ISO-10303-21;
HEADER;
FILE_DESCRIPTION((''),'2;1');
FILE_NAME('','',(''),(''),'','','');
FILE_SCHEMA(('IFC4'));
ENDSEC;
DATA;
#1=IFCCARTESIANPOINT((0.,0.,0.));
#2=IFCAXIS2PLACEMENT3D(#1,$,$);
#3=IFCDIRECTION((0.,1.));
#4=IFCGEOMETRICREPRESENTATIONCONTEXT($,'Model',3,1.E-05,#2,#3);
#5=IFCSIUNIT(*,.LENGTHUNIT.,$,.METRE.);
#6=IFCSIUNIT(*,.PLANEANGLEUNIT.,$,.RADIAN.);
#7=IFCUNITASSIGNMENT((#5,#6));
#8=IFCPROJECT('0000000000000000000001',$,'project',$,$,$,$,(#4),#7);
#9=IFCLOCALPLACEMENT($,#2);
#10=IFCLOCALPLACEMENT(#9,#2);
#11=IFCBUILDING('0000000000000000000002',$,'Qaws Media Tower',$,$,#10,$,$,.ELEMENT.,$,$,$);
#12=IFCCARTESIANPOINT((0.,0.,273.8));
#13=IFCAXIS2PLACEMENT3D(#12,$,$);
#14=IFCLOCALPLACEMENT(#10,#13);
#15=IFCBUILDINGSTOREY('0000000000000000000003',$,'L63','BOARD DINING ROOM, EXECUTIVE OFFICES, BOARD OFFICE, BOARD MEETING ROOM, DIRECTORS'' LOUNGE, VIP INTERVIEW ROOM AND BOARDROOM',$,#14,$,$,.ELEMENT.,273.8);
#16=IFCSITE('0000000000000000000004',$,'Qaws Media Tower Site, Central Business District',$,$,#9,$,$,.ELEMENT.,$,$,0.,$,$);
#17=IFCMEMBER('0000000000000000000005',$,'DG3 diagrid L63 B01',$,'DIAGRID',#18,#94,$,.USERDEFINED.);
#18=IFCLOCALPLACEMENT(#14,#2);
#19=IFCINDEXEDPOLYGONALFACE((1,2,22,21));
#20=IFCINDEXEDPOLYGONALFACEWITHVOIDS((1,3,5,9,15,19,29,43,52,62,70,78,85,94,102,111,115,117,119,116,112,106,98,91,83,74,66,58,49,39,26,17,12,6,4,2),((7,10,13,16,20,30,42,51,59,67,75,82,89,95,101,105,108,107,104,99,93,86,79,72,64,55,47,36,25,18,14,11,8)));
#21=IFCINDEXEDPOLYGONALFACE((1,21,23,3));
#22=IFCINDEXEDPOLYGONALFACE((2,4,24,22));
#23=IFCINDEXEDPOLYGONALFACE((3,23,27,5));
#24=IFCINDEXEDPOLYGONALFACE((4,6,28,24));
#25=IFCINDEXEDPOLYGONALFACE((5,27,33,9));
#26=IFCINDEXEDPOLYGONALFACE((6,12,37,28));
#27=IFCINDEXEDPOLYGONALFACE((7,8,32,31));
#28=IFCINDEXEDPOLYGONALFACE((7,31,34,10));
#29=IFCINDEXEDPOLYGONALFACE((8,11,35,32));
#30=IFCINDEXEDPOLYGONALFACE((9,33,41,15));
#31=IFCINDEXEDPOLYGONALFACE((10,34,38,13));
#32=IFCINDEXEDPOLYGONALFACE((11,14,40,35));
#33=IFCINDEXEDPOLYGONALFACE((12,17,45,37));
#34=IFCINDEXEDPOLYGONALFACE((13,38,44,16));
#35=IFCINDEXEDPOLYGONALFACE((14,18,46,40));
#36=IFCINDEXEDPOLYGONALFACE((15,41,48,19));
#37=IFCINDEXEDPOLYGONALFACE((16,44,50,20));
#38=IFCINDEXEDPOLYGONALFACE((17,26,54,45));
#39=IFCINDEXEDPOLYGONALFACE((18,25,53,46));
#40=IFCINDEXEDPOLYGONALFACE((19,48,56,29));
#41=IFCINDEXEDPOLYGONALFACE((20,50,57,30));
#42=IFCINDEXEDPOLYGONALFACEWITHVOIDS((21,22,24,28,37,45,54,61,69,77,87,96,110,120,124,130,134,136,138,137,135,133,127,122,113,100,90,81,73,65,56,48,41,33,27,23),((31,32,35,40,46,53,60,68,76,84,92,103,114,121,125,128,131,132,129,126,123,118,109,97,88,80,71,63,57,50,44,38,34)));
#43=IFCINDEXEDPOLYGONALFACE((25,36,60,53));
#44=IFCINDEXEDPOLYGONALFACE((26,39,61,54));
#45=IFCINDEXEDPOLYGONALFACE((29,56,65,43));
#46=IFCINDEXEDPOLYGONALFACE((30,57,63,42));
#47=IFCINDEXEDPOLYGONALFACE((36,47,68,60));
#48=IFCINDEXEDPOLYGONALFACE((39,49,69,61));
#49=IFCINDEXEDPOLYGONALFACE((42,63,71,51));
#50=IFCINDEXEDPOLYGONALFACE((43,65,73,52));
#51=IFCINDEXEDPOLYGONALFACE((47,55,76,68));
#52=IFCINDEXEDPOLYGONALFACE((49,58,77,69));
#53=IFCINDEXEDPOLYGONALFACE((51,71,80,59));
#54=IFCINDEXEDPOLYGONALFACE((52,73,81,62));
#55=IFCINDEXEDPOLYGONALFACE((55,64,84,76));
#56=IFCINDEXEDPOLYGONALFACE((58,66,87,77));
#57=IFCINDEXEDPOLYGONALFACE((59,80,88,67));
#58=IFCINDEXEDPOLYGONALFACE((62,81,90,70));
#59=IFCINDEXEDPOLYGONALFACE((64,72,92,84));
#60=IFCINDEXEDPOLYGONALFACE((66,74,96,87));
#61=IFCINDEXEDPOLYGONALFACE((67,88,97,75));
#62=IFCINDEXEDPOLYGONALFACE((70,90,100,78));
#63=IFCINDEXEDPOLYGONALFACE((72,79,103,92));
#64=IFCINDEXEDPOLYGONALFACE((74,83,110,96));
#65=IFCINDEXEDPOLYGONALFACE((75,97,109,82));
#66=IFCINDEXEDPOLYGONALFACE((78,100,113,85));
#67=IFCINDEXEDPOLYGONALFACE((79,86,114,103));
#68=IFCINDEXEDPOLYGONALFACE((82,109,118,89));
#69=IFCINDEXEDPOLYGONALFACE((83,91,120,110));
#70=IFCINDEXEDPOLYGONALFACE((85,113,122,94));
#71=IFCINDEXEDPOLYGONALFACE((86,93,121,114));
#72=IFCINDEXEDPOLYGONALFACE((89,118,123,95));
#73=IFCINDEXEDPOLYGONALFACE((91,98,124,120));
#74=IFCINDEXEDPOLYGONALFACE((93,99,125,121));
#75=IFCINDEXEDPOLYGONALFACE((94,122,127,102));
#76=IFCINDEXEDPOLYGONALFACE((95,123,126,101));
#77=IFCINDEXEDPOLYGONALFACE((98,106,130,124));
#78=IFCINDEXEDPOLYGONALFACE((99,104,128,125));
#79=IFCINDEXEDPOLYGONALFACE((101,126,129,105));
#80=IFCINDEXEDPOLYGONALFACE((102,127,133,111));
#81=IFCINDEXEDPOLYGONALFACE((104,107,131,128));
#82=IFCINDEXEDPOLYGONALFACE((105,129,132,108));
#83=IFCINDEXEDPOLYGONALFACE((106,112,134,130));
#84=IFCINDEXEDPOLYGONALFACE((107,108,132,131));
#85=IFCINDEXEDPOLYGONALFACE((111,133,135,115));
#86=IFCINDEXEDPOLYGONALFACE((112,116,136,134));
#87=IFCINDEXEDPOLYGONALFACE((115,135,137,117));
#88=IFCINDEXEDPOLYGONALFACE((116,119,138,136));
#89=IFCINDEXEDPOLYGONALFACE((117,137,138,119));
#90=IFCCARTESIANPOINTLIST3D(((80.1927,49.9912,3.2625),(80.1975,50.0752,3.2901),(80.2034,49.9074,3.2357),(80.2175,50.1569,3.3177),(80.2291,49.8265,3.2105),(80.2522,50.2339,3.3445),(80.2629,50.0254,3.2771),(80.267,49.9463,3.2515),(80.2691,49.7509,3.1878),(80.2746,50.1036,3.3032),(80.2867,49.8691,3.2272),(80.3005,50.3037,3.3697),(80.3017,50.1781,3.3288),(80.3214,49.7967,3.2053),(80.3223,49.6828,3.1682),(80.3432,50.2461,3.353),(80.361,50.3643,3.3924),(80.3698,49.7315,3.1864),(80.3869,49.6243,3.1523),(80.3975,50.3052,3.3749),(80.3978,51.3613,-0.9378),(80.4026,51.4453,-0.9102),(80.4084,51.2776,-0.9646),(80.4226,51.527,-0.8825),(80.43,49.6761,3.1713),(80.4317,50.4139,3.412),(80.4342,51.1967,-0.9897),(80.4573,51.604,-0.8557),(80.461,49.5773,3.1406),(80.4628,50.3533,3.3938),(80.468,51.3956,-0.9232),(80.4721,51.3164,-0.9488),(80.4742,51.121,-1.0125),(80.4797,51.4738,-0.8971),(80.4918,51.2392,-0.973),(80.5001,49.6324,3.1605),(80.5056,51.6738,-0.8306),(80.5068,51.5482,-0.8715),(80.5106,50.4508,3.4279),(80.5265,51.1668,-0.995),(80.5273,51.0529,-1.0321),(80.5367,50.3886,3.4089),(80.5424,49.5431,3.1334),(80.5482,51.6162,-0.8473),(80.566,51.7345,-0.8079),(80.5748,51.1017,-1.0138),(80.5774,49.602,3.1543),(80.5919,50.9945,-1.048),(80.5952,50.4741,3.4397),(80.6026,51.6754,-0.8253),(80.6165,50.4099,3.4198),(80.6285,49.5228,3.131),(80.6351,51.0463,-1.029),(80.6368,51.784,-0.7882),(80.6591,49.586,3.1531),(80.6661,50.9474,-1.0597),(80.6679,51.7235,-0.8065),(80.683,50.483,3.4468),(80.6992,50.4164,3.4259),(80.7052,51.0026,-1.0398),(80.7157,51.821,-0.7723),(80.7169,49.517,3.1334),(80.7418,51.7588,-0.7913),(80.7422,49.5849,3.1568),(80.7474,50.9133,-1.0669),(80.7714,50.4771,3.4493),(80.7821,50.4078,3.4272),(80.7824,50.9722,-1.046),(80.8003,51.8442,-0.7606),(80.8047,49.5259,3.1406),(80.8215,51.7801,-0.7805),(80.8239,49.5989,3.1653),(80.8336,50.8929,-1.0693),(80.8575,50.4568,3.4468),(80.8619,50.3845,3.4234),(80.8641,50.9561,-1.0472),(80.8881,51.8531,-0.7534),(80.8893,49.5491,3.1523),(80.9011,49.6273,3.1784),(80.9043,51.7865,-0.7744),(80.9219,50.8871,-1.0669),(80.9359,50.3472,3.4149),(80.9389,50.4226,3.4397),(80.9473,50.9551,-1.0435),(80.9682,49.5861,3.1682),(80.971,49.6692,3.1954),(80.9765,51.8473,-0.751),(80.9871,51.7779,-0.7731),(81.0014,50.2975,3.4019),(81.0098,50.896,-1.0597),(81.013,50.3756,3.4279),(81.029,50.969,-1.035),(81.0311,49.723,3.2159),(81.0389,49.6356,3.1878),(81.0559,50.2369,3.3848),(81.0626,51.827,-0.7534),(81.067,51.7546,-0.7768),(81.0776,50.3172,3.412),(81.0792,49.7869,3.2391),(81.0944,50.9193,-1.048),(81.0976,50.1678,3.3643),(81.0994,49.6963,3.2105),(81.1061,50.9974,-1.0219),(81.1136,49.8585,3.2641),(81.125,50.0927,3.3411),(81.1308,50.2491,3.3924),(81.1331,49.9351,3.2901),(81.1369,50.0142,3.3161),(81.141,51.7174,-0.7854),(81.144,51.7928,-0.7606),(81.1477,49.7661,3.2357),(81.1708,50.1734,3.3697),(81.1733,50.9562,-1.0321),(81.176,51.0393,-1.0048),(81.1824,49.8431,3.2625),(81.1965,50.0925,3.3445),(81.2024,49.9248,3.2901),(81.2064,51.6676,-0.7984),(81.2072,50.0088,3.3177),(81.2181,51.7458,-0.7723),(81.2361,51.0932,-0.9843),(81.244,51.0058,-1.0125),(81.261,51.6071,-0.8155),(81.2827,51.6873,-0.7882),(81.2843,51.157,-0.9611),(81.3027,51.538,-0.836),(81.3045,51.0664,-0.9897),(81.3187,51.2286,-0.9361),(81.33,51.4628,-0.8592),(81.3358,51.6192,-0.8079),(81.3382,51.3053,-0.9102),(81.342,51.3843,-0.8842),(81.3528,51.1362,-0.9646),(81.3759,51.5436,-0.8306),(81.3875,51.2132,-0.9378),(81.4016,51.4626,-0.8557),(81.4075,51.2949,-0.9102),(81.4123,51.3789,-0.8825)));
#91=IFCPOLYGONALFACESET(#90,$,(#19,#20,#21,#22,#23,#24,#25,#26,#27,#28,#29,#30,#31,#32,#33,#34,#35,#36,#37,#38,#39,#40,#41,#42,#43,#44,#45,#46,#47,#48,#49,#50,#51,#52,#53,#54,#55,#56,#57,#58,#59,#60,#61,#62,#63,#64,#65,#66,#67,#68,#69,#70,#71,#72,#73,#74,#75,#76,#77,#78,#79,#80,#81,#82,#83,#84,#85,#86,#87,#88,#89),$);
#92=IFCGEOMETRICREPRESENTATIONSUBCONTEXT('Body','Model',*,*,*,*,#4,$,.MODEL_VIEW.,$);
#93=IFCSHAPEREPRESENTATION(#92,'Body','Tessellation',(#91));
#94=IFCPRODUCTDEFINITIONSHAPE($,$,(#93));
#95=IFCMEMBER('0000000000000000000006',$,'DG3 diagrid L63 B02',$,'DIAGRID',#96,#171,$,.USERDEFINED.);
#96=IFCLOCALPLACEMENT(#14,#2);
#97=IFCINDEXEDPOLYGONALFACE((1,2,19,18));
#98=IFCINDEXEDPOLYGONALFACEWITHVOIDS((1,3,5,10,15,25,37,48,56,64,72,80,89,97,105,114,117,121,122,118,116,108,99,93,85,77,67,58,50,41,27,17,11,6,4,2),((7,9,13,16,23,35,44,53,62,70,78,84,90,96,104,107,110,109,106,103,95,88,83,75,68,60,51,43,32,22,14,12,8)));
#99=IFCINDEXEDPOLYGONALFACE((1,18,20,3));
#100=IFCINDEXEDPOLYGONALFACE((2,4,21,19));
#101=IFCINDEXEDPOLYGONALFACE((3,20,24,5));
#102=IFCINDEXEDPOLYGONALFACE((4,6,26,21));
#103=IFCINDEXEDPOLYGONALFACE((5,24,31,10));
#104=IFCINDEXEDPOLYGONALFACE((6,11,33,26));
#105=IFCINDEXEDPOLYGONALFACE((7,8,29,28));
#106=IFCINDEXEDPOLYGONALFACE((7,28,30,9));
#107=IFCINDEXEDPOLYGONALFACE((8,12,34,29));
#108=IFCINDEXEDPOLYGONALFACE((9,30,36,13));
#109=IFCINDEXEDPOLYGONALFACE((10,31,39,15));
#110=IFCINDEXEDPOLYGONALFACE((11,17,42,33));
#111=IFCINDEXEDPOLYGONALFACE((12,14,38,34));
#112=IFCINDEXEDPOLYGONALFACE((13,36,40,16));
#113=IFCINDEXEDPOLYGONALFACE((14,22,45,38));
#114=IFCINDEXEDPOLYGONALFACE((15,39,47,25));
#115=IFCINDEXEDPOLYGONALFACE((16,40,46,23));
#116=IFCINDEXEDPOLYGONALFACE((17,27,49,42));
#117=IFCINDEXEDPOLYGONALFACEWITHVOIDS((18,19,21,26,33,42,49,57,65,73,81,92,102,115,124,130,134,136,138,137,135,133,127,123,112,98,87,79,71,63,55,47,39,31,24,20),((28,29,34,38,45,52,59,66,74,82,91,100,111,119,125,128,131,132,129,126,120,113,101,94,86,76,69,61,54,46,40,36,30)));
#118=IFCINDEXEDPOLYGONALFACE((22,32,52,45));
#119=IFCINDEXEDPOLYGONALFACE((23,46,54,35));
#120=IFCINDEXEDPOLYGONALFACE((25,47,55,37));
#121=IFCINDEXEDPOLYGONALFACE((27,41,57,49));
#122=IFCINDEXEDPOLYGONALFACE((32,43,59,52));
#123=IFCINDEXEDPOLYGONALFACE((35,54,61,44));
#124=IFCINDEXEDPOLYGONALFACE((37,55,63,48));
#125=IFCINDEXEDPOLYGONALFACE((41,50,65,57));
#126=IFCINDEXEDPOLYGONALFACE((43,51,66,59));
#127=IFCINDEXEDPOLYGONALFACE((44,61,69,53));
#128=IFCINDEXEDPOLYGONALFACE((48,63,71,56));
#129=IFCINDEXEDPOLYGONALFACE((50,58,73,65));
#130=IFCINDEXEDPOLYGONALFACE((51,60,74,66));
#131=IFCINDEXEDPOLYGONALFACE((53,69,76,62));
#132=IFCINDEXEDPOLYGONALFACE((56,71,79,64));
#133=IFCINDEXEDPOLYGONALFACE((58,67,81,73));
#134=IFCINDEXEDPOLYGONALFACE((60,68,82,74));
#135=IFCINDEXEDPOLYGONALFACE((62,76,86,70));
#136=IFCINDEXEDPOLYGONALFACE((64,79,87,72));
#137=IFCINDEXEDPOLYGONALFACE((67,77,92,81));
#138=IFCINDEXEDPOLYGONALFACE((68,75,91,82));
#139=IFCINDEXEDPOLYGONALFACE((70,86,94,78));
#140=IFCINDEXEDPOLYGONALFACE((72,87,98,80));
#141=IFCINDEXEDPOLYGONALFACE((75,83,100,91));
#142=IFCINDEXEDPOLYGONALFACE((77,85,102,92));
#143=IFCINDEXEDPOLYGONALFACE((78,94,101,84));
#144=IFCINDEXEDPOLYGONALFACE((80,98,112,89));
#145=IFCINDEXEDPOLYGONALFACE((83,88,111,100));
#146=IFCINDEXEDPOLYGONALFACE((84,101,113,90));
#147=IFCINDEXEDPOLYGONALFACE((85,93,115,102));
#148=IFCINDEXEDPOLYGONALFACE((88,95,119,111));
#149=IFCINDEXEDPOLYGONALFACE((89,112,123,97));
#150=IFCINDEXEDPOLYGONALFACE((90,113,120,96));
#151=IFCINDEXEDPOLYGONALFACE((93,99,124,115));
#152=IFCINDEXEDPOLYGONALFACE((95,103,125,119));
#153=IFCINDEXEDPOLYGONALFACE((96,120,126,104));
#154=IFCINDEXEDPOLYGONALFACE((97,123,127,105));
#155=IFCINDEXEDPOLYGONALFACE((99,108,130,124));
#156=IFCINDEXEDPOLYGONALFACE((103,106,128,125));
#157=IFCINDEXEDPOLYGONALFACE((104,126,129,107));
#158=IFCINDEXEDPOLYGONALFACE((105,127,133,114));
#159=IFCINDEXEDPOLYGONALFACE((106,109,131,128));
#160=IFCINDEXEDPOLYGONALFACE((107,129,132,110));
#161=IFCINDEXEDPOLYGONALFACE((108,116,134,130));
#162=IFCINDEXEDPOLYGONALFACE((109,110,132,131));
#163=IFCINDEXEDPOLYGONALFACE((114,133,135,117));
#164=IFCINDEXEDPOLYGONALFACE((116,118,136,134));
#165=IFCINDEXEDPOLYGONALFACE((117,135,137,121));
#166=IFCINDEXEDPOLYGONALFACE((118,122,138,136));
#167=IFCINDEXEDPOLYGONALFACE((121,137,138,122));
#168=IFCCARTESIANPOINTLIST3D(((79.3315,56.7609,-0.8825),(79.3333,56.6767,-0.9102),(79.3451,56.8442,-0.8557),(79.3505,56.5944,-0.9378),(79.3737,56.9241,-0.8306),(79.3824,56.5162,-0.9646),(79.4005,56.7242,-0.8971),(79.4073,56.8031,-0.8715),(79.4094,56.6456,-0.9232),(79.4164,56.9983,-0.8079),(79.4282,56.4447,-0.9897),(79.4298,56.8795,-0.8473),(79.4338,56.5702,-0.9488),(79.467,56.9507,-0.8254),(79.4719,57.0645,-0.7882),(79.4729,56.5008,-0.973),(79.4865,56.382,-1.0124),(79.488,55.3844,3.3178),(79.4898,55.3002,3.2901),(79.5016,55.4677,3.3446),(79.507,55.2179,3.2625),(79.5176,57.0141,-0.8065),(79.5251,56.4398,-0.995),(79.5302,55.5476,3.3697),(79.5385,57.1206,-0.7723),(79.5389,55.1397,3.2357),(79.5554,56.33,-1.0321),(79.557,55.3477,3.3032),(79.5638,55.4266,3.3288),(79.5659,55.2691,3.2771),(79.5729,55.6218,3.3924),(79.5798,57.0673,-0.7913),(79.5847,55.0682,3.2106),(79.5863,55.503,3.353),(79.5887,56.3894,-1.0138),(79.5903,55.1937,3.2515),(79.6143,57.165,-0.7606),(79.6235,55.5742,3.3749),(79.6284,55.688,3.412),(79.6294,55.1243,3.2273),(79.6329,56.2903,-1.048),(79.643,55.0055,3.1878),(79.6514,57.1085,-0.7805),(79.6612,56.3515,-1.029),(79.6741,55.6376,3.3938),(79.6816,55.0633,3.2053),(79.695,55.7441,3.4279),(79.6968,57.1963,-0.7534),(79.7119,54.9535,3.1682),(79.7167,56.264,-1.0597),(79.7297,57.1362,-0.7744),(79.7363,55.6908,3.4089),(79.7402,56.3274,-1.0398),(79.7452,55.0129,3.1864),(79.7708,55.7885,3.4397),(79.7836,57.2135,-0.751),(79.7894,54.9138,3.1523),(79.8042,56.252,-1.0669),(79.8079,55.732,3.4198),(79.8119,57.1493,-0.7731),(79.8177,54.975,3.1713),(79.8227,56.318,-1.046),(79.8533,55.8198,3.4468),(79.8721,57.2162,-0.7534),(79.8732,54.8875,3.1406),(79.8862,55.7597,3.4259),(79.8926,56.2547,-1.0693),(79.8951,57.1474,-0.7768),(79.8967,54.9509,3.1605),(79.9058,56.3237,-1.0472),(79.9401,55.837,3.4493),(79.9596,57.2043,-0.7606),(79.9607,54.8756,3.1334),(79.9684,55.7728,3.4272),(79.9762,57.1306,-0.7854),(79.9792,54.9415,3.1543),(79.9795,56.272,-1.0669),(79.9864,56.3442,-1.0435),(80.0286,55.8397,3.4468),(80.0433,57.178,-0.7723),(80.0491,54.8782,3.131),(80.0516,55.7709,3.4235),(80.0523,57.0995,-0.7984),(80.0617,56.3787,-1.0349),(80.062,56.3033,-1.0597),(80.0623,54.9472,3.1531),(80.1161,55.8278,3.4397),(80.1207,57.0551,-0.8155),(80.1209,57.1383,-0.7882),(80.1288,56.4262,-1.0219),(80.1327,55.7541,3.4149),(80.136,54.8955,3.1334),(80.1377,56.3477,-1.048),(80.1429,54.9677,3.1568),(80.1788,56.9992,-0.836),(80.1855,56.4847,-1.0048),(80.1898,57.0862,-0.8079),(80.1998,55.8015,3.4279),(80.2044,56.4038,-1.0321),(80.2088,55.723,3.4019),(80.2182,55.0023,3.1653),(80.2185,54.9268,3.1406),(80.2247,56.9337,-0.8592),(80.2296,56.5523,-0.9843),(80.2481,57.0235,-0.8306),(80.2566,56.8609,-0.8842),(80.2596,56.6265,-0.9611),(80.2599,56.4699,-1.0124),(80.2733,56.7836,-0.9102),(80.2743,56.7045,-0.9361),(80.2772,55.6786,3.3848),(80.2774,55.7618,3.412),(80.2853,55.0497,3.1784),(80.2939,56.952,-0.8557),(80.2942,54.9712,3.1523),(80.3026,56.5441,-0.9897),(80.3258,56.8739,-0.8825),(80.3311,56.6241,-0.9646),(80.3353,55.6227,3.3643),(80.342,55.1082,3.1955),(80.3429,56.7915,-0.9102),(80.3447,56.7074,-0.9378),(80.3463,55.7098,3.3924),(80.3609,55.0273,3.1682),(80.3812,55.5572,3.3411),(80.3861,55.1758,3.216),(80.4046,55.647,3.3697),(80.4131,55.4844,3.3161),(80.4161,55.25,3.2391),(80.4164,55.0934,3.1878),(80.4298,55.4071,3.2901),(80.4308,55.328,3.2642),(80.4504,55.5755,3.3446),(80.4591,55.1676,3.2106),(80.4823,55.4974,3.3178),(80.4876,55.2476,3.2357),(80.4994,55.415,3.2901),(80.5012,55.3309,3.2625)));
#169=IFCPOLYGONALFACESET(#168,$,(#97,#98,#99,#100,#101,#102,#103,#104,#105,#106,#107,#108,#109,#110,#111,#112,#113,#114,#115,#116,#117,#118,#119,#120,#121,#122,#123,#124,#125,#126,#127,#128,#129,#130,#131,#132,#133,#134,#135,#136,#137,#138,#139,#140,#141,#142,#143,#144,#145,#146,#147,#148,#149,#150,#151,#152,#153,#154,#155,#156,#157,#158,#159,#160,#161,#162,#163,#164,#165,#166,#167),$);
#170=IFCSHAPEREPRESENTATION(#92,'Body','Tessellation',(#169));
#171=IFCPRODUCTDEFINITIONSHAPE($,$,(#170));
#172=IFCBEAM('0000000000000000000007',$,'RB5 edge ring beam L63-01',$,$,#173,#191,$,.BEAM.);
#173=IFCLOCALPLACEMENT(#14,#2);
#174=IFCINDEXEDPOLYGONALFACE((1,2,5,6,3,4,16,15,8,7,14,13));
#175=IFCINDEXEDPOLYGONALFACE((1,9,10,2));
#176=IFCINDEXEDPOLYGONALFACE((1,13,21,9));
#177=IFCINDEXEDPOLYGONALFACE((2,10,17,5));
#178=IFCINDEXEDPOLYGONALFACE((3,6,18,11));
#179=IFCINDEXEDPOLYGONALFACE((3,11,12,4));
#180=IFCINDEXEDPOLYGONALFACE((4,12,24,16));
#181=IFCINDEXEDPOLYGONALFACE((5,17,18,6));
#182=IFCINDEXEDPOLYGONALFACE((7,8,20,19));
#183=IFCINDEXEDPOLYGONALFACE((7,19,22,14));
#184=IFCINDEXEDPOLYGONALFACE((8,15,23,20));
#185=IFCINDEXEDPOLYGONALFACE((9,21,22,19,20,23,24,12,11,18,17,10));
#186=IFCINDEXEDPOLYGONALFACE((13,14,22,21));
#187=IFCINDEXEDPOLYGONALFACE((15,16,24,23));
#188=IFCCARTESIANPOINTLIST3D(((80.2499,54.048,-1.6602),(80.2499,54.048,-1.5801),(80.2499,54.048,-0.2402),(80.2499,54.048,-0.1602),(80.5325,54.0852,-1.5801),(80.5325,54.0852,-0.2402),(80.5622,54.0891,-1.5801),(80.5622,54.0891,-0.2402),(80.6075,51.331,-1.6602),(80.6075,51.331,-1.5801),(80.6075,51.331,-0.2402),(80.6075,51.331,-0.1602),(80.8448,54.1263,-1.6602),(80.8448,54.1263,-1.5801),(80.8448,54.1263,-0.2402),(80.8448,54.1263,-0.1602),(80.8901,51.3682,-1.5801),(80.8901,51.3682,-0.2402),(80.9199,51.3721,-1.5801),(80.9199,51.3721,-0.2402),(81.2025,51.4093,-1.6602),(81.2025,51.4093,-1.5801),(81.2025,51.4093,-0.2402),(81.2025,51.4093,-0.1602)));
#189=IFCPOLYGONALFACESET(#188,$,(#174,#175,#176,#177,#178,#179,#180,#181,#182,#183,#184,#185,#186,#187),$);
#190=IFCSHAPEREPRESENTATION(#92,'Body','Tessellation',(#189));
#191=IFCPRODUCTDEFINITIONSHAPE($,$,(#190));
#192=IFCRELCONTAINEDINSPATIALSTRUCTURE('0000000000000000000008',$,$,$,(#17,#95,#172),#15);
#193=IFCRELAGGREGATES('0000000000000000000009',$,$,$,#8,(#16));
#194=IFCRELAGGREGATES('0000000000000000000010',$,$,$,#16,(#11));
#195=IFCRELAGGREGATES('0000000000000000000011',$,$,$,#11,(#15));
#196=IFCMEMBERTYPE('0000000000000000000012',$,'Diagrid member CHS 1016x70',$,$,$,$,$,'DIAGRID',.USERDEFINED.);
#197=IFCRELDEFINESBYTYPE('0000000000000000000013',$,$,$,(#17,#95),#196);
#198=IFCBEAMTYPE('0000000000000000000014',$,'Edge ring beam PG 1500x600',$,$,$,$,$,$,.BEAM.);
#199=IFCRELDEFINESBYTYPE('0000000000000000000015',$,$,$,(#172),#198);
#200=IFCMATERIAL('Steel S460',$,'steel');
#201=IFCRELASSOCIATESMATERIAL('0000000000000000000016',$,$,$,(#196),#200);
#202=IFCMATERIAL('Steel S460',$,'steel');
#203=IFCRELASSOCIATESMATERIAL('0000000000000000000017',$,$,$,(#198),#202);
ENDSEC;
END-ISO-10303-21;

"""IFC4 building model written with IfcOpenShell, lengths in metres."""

from ifc_helpers import new_model, si_unit, direction, frame, origin, origin_2d, place, context, subcontext, project, spatial, hollow_circle, i_section, extrude, material, material_profile, profile_set, type_object, element, save


model = new_model("IFC4")

# Units and contexts
model_context = context("Model", 3, precision=1e-05, world=origin(), true_north=direction((0.0, 1.0)))
body_context = subcontext(model_context, "Body", "Model", "MODEL_VIEW")
ifc_project = project(units=[si_unit("LENGTHUNIT", "METRE"), si_unit("PLANEANGLEUNIT", "RADIAN")], contexts=[model_context])

# Site, building, storey
site_placement = place(None, origin())
site = spatial("IfcSite", under=ifc_project, at=site_placement, Name="Qaws Media Tower Site, Central Business District", CompositionType="ELEMENT", RefElevation=0.0)
building_placement = place(site_placement, origin())
building = spatial("IfcBuilding", under=site, at=building_placement, Name="Qaws Media Tower", CompositionType="ELEMENT")
storey_placement = place(building_placement, frame((0.0, 0.0, 273.8)))
storey = spatial("IfcBuildingStorey", under=building, at=storey_placement, Name="L63", Description="BOARD DINING ROOM, EXECUTIVE OFFICES, BOARD OFFICE, BOARD MEETING ROOM, DIRECTORS' LOUNGE, VIP INTERVIEW ROOM AND BOARDROOM", CompositionType="ELEMENT", Elevation=273.8)

# Members
ifc_material_1 = material(Name="Steel S460", Category="steel")
ifc_material_profile_1 = material_profile(ifc_material_1, hollow_circle(Radius=0.5081, WallThickness=0.0701, at=origin_2d()), Name="CHS 1016x70")
ifc_profile_set_1 = profile_set([ifc_material_profile_1], Name="Steel S460")
member_type_1 = type_object("IfcMemberType", Name="Diagrid member CHS 1016x70", ElementType="DIAGRID", PredefinedType="USERDEFINED", material=ifc_profile_set_1)
for number, where, z_axis, x_axis, name in (
    (1, (80.905, 51.3701, -0.9102), (-0.046369, -0.309787, 0.949675), (0.988983, -0.14803, 0.0), "DG3 diagrid L63 B01"),
    (2, (79.8381, 56.7341, -0.9102), (0.035384, -0.311223, 0.949678), (0.993599, 0.112965, 0.0), "DG3 diagrid L63 B02"),
):
    element("IfcMember", number, at=place(storey_placement, frame(where, z_axis=z_axis, x_axis=x_axis)), inside=storey, type_object=member_type_1, Name=name, ObjectType="DIAGRID", PredefinedType="USERDEFINED", context=body_context, shape_type="SweptSolid", body=[
        extrude(hollow_circle(Radius=0.5081, WallThickness=0.0701, at=origin_2d()), origin(), (0.0, 0.0, 1.0), 4.4229),
    ])

# Beam
ifc_material_2 = material(Name="Steel S460", Category="steel")
ifc_material_profile_2 = material_profile(ifc_material_2, i_section(OverallWidth=0.6001, OverallDepth=1.5, WebThickness=0.03, FlangeThickness=0.0801, at=origin_2d()), Name="PG 1500x600")
ifc_profile_set_2 = profile_set([ifc_material_profile_2], Name="Steel S460")
beam_type_1 = type_object("IfcBeamType", Name="Edge ring beam PG 1500x600", PredefinedType="BEAM", material=ifc_profile_set_2)
beam_1_placement = place(storey_placement, frame((80.905, 51.3701, -0.9102), z_axis=(-0.130512, 0.991447, 0.0), x_axis=(-0.991447, -0.130512, 0.0)))
element("IfcBeam", 3, at=beam_1_placement, inside=storey, type_object=beam_type_1, Name="RB5 edge ring beam L63-01", PredefinedType="BEAM", context=body_context, shape_type="SweptSolid", body=[
    extrude(i_section(OverallWidth=0.6001, OverallDepth=1.5, WebThickness=0.03, FlangeThickness=0.0801, at=origin_2d()), origin(), (0.0, 0.0, 1.0), 2.7405),
])

save(model, "model.ifc")
